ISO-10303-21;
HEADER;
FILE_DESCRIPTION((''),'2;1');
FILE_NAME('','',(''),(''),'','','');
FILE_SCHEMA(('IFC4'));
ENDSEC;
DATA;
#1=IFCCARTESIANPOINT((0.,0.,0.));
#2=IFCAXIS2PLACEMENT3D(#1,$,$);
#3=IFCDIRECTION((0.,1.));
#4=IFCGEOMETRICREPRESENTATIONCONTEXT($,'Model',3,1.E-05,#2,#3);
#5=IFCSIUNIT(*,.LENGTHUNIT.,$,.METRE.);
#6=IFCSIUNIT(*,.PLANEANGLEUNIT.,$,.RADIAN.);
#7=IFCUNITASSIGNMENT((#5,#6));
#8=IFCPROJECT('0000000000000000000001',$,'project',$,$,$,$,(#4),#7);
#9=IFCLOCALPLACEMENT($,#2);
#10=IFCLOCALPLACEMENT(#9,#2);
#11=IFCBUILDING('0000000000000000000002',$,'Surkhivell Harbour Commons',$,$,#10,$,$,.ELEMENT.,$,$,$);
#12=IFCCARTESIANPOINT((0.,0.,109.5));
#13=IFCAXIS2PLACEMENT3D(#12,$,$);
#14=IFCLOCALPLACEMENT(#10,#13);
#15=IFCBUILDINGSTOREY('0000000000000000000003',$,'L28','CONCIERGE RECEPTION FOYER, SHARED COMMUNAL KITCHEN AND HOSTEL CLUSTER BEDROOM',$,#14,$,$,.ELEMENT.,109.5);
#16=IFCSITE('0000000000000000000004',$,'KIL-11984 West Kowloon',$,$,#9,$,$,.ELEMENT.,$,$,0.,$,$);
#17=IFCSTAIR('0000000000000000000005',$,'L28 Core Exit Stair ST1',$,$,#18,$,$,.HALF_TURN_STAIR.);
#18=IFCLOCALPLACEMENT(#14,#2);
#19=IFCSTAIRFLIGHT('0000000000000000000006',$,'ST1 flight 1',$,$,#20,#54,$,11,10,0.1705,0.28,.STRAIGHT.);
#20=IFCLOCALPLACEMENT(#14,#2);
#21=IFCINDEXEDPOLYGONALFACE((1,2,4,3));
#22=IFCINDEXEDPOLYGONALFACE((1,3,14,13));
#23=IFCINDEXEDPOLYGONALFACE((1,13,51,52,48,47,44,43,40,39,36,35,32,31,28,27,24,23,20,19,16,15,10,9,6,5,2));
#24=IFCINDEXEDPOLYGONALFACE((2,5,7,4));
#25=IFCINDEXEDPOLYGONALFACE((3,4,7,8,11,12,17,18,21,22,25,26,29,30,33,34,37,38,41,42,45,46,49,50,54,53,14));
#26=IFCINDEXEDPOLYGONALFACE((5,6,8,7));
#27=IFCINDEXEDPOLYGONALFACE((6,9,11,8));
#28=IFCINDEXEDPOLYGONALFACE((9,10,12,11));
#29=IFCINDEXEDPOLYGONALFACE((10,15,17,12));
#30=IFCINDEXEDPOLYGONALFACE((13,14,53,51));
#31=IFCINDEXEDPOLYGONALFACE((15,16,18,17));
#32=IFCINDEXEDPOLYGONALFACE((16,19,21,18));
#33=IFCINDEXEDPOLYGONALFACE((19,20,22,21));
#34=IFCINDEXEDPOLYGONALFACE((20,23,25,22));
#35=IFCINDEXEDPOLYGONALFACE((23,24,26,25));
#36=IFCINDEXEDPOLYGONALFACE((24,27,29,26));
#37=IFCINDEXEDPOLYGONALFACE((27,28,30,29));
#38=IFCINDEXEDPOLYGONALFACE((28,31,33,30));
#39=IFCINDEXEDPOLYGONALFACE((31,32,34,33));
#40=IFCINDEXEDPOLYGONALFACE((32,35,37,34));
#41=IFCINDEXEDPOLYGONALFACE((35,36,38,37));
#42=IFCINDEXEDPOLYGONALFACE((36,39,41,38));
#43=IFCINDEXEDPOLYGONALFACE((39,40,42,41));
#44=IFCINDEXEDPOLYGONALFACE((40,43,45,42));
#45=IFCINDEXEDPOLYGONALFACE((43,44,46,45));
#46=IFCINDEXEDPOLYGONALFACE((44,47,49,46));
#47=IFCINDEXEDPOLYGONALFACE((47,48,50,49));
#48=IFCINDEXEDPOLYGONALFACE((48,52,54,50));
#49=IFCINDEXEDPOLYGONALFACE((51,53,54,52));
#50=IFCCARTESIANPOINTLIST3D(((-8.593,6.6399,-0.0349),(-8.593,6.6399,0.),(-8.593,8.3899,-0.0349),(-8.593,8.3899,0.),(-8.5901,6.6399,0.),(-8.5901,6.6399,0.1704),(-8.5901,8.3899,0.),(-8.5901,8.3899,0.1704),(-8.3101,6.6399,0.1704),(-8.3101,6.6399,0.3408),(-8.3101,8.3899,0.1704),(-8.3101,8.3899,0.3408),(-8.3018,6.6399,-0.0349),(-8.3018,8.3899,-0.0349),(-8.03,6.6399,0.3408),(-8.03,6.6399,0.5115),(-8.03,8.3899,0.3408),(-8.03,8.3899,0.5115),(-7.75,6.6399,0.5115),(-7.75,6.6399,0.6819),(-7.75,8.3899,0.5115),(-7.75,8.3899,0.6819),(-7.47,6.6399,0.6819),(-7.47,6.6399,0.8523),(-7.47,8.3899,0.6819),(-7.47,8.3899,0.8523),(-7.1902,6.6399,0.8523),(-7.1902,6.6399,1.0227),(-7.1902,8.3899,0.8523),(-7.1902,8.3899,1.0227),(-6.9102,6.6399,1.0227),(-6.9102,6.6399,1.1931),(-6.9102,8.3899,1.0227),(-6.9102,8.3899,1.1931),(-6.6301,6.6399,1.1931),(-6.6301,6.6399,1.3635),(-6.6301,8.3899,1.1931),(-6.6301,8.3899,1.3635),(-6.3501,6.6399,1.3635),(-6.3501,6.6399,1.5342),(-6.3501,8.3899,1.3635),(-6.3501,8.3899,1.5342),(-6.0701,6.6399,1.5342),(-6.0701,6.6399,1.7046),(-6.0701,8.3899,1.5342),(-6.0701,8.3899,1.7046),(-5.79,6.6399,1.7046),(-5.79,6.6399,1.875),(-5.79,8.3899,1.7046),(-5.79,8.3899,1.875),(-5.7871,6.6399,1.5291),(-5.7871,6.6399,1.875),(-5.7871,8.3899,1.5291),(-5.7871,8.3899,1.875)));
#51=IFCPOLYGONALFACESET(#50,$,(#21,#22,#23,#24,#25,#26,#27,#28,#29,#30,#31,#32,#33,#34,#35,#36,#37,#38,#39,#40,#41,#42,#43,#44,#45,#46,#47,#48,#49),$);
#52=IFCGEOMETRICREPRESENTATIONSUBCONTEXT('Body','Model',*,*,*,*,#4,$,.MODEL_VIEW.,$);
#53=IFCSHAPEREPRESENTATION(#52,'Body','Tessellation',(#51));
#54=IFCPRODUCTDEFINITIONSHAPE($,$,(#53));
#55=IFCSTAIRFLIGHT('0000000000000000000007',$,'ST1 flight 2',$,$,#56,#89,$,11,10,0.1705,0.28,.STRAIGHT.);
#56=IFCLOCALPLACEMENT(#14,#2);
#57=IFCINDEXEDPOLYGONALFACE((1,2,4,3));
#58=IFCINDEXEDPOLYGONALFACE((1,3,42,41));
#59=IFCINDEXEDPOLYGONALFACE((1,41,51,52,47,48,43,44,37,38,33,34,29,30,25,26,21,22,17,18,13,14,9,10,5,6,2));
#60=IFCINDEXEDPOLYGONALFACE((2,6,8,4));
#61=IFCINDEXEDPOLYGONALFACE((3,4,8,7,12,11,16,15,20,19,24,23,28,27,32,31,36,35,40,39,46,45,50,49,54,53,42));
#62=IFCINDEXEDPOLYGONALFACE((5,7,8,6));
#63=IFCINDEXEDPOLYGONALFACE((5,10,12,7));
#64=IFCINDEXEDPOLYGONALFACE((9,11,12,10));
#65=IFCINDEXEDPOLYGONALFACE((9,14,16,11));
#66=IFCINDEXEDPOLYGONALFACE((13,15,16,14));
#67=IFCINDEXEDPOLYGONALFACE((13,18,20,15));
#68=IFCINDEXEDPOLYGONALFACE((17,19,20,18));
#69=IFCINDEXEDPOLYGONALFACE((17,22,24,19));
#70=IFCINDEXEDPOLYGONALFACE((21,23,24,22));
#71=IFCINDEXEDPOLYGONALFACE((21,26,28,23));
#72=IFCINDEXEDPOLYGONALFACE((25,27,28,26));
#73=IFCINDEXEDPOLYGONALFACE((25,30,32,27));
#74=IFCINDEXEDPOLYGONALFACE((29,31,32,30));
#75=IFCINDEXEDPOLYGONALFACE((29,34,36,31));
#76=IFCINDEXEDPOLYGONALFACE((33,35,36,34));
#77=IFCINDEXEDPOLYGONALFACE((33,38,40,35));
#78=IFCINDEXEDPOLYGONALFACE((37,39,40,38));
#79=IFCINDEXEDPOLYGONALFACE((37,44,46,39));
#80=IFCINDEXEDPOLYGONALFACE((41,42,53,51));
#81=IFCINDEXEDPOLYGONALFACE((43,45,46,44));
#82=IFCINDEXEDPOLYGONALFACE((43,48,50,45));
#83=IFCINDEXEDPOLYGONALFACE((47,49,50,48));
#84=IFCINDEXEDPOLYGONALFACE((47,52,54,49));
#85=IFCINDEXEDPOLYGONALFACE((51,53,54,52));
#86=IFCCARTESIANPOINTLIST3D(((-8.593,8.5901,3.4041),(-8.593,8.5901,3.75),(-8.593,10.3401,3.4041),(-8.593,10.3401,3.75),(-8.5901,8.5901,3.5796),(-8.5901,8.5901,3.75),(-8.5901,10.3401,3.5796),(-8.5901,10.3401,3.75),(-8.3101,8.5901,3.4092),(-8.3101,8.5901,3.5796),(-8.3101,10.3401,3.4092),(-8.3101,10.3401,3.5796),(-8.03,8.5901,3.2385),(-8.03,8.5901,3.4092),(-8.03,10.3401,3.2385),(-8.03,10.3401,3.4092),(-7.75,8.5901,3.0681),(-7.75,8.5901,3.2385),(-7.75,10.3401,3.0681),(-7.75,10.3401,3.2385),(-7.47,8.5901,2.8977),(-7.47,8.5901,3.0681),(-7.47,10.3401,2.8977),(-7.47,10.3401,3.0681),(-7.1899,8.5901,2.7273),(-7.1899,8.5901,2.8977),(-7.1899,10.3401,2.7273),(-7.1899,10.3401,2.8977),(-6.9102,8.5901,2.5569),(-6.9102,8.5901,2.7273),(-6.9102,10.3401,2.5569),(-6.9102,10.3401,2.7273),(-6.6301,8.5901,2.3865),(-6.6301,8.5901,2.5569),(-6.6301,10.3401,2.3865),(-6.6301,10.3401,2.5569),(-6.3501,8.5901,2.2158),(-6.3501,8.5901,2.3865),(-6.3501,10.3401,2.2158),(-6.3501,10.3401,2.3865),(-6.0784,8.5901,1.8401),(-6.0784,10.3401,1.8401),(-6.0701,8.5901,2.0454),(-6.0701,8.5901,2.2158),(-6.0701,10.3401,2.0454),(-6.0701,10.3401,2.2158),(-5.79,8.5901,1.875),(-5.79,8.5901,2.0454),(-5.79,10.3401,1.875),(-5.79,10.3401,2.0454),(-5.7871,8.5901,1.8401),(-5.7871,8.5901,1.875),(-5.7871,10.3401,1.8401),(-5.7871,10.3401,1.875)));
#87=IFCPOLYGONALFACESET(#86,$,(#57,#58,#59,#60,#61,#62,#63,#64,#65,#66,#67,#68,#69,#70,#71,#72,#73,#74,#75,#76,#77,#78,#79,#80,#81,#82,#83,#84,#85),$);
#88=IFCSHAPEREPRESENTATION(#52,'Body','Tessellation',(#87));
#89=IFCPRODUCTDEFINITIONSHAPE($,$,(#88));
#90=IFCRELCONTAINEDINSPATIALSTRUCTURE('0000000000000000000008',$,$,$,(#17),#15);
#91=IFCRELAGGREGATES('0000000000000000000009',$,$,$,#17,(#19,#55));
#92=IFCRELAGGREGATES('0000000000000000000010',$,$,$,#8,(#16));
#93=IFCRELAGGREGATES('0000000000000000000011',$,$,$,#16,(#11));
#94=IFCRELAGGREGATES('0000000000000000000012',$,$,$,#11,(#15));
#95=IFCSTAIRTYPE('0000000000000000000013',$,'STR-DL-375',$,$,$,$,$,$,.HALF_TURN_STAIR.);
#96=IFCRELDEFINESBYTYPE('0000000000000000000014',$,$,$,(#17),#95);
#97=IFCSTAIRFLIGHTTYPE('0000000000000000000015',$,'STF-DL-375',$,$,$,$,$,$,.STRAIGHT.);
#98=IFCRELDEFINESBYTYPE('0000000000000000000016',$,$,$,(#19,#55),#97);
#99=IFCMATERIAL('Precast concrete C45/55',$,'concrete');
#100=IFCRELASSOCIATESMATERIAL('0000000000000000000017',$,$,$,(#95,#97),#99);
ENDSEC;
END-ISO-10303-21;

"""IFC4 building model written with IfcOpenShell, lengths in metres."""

from ifc_helpers import new_model, si_unit, direction, frame, origin, place, context, subcontext, project, spatial, polyline, outline, extrude, material, type_object, element, aggregate, save


model = new_model("IFC4")

# Units and contexts
model_context = context("Model", 3, precision=1e-05, world=origin(), true_north=direction((0.0, 1.0)))
body_context = subcontext(model_context, "Body", "Model", "MODEL_VIEW")
ifc_project = project(units=[si_unit("LENGTHUNIT", "METRE"), si_unit("PLANEANGLEUNIT", "RADIAN")], contexts=[model_context])

# Site, building, storey
site_placement = place(None, origin())
site = spatial("IfcSite", under=ifc_project, at=site_placement, Name="KIL-11984 West Kowloon", CompositionType="ELEMENT", RefElevation=0.0)
building_placement = place(site_placement, origin())
building = spatial("IfcBuilding", under=site, at=building_placement, Name="Surkhivell Harbour Commons", CompositionType="ELEMENT")
storey_placement = place(building_placement, frame((0.0, 0.0, 109.5)))
storey = spatial("IfcBuildingStorey", under=building, at=storey_placement, Name="L28", Description="CONCIERGE RECEPTION FOYER, SHARED COMMUNAL KITCHEN AND HOSTEL CLUSTER BEDROOM", CompositionType="ELEMENT", Elevation=109.5)

# Stair, stair flights
ifc_material_1 = material(Name="Precast concrete C45/55", Category="concrete")
stair_type = type_object("IfcStairType", Name="STR-DL-375", PredefinedType="HALF_TURN_STAIR", material=ifc_material_1)
stair_placement = place(storey_placement, origin())
stair = element("IfcStair", 1, at=stair_placement, inside=storey, type_object=stair_type, Name="L28 Core Exit Stair ST1", PredefinedType="HALF_TURN_STAIR")
stair_flight_type = type_object("IfcStairFlightType", Name="STF-DL-375", PredefinedType="STRAIGHT", material=ifc_material_1)
stair_flight_1_placement = place(storey_placement, frame((-8.5901, 7.5149, 0.0), z_axis=(0.0, 0.0, 1.0), x_axis=(1.0, 0.0, 0.0)))
stair_flight_1 = element("IfcStairFlight", 2, at=stair_flight_1_placement, type_object=stair_flight_type, Name="ST1 flight 1", NumberOfRisers=11, NumberOfTreads=10, PredefinedType="STRAIGHT", RiserHeight=0.1705, TreadLength=0.28, context=body_context, shape_type="SweptSolid", body=[
    extrude(outline(polyline([(-0.0029, -0.0349), (-0.0029, 0.0), (0.0, 0.0), (0.0, 0.1704), (0.28, 0.1704), (0.28, 0.3408), (0.5601, 0.3408), (0.5601, 0.5115), (0.8401, 0.5115), (0.8401, 0.6819), (1.1201, 0.6819), (1.1201, 0.8523), (1.3999, 0.8523), (1.3999, 1.0227), (1.6799, 1.0227), (1.6799, 1.1931), (1.96, 1.1931), (1.96, 1.3635), (2.24, 1.3635), (2.24, 1.5342), (2.52, 1.5342), (2.52, 1.7046), (2.8, 1.7046), (2.8, 1.875), (2.803, 1.875), (2.803, 1.5291), (0.2883, -0.0349), (-0.0029, -0.0349)])), frame((0.0, 0.875, 0.0), z_axis=(0.0, -1.0, 0.0), x_axis=(1.0, 0.0, 0.0)), (0.0, 0.0, 1.0), 1.75),
])
stair_flight_2_placement = place(storey_placement, frame((-5.79, 9.4651, 1.875), z_axis=(0.0, 0.0, 1.0), x_axis=(-1.0, 0.0, 0.0)))
stair_flight_2 = element("IfcStairFlight", 3, at=stair_flight_2_placement, type_object=stair_flight_type, Name="ST1 flight 2", NumberOfRisers=11, NumberOfTreads=10, PredefinedType="STRAIGHT", RiserHeight=0.1705, TreadLength=0.28, context=body_context, shape_type="SweptSolid", body=[
    extrude(outline(polyline([(-0.0029, -0.0349), (-0.0029, 0.0), (0.0, 0.0), (0.0, 0.1704), (0.28, 0.1704), (0.28, 0.3408), (0.5601, 0.3408), (0.5601, 0.5115), (0.8401, 0.5115), (0.8401, 0.6819), (1.1201, 0.6819), (1.1201, 0.8523), (1.3999, 0.8523), (1.3999, 1.0227), (1.6799, 1.0227), (1.6799, 1.1931), (1.96, 1.1931), (1.96, 1.3635), (2.24, 1.3635), (2.24, 1.5342), (2.52, 1.5342), (2.52, 1.7046), (2.8, 1.7046), (2.8, 1.875), (2.803, 1.875), (2.803, 1.5291), (0.2883, -0.0349), (-0.0029, -0.0349)])), frame((0.0, 0.875, 0.0), z_axis=(0.0, -1.0, 0.0), x_axis=(1.0, 0.0, 0.0)), (0.0, 0.0, 1.0), 1.75),
])
aggregate(stair, [stair_flight_1, stair_flight_2])

save(model, "model.ifc")
